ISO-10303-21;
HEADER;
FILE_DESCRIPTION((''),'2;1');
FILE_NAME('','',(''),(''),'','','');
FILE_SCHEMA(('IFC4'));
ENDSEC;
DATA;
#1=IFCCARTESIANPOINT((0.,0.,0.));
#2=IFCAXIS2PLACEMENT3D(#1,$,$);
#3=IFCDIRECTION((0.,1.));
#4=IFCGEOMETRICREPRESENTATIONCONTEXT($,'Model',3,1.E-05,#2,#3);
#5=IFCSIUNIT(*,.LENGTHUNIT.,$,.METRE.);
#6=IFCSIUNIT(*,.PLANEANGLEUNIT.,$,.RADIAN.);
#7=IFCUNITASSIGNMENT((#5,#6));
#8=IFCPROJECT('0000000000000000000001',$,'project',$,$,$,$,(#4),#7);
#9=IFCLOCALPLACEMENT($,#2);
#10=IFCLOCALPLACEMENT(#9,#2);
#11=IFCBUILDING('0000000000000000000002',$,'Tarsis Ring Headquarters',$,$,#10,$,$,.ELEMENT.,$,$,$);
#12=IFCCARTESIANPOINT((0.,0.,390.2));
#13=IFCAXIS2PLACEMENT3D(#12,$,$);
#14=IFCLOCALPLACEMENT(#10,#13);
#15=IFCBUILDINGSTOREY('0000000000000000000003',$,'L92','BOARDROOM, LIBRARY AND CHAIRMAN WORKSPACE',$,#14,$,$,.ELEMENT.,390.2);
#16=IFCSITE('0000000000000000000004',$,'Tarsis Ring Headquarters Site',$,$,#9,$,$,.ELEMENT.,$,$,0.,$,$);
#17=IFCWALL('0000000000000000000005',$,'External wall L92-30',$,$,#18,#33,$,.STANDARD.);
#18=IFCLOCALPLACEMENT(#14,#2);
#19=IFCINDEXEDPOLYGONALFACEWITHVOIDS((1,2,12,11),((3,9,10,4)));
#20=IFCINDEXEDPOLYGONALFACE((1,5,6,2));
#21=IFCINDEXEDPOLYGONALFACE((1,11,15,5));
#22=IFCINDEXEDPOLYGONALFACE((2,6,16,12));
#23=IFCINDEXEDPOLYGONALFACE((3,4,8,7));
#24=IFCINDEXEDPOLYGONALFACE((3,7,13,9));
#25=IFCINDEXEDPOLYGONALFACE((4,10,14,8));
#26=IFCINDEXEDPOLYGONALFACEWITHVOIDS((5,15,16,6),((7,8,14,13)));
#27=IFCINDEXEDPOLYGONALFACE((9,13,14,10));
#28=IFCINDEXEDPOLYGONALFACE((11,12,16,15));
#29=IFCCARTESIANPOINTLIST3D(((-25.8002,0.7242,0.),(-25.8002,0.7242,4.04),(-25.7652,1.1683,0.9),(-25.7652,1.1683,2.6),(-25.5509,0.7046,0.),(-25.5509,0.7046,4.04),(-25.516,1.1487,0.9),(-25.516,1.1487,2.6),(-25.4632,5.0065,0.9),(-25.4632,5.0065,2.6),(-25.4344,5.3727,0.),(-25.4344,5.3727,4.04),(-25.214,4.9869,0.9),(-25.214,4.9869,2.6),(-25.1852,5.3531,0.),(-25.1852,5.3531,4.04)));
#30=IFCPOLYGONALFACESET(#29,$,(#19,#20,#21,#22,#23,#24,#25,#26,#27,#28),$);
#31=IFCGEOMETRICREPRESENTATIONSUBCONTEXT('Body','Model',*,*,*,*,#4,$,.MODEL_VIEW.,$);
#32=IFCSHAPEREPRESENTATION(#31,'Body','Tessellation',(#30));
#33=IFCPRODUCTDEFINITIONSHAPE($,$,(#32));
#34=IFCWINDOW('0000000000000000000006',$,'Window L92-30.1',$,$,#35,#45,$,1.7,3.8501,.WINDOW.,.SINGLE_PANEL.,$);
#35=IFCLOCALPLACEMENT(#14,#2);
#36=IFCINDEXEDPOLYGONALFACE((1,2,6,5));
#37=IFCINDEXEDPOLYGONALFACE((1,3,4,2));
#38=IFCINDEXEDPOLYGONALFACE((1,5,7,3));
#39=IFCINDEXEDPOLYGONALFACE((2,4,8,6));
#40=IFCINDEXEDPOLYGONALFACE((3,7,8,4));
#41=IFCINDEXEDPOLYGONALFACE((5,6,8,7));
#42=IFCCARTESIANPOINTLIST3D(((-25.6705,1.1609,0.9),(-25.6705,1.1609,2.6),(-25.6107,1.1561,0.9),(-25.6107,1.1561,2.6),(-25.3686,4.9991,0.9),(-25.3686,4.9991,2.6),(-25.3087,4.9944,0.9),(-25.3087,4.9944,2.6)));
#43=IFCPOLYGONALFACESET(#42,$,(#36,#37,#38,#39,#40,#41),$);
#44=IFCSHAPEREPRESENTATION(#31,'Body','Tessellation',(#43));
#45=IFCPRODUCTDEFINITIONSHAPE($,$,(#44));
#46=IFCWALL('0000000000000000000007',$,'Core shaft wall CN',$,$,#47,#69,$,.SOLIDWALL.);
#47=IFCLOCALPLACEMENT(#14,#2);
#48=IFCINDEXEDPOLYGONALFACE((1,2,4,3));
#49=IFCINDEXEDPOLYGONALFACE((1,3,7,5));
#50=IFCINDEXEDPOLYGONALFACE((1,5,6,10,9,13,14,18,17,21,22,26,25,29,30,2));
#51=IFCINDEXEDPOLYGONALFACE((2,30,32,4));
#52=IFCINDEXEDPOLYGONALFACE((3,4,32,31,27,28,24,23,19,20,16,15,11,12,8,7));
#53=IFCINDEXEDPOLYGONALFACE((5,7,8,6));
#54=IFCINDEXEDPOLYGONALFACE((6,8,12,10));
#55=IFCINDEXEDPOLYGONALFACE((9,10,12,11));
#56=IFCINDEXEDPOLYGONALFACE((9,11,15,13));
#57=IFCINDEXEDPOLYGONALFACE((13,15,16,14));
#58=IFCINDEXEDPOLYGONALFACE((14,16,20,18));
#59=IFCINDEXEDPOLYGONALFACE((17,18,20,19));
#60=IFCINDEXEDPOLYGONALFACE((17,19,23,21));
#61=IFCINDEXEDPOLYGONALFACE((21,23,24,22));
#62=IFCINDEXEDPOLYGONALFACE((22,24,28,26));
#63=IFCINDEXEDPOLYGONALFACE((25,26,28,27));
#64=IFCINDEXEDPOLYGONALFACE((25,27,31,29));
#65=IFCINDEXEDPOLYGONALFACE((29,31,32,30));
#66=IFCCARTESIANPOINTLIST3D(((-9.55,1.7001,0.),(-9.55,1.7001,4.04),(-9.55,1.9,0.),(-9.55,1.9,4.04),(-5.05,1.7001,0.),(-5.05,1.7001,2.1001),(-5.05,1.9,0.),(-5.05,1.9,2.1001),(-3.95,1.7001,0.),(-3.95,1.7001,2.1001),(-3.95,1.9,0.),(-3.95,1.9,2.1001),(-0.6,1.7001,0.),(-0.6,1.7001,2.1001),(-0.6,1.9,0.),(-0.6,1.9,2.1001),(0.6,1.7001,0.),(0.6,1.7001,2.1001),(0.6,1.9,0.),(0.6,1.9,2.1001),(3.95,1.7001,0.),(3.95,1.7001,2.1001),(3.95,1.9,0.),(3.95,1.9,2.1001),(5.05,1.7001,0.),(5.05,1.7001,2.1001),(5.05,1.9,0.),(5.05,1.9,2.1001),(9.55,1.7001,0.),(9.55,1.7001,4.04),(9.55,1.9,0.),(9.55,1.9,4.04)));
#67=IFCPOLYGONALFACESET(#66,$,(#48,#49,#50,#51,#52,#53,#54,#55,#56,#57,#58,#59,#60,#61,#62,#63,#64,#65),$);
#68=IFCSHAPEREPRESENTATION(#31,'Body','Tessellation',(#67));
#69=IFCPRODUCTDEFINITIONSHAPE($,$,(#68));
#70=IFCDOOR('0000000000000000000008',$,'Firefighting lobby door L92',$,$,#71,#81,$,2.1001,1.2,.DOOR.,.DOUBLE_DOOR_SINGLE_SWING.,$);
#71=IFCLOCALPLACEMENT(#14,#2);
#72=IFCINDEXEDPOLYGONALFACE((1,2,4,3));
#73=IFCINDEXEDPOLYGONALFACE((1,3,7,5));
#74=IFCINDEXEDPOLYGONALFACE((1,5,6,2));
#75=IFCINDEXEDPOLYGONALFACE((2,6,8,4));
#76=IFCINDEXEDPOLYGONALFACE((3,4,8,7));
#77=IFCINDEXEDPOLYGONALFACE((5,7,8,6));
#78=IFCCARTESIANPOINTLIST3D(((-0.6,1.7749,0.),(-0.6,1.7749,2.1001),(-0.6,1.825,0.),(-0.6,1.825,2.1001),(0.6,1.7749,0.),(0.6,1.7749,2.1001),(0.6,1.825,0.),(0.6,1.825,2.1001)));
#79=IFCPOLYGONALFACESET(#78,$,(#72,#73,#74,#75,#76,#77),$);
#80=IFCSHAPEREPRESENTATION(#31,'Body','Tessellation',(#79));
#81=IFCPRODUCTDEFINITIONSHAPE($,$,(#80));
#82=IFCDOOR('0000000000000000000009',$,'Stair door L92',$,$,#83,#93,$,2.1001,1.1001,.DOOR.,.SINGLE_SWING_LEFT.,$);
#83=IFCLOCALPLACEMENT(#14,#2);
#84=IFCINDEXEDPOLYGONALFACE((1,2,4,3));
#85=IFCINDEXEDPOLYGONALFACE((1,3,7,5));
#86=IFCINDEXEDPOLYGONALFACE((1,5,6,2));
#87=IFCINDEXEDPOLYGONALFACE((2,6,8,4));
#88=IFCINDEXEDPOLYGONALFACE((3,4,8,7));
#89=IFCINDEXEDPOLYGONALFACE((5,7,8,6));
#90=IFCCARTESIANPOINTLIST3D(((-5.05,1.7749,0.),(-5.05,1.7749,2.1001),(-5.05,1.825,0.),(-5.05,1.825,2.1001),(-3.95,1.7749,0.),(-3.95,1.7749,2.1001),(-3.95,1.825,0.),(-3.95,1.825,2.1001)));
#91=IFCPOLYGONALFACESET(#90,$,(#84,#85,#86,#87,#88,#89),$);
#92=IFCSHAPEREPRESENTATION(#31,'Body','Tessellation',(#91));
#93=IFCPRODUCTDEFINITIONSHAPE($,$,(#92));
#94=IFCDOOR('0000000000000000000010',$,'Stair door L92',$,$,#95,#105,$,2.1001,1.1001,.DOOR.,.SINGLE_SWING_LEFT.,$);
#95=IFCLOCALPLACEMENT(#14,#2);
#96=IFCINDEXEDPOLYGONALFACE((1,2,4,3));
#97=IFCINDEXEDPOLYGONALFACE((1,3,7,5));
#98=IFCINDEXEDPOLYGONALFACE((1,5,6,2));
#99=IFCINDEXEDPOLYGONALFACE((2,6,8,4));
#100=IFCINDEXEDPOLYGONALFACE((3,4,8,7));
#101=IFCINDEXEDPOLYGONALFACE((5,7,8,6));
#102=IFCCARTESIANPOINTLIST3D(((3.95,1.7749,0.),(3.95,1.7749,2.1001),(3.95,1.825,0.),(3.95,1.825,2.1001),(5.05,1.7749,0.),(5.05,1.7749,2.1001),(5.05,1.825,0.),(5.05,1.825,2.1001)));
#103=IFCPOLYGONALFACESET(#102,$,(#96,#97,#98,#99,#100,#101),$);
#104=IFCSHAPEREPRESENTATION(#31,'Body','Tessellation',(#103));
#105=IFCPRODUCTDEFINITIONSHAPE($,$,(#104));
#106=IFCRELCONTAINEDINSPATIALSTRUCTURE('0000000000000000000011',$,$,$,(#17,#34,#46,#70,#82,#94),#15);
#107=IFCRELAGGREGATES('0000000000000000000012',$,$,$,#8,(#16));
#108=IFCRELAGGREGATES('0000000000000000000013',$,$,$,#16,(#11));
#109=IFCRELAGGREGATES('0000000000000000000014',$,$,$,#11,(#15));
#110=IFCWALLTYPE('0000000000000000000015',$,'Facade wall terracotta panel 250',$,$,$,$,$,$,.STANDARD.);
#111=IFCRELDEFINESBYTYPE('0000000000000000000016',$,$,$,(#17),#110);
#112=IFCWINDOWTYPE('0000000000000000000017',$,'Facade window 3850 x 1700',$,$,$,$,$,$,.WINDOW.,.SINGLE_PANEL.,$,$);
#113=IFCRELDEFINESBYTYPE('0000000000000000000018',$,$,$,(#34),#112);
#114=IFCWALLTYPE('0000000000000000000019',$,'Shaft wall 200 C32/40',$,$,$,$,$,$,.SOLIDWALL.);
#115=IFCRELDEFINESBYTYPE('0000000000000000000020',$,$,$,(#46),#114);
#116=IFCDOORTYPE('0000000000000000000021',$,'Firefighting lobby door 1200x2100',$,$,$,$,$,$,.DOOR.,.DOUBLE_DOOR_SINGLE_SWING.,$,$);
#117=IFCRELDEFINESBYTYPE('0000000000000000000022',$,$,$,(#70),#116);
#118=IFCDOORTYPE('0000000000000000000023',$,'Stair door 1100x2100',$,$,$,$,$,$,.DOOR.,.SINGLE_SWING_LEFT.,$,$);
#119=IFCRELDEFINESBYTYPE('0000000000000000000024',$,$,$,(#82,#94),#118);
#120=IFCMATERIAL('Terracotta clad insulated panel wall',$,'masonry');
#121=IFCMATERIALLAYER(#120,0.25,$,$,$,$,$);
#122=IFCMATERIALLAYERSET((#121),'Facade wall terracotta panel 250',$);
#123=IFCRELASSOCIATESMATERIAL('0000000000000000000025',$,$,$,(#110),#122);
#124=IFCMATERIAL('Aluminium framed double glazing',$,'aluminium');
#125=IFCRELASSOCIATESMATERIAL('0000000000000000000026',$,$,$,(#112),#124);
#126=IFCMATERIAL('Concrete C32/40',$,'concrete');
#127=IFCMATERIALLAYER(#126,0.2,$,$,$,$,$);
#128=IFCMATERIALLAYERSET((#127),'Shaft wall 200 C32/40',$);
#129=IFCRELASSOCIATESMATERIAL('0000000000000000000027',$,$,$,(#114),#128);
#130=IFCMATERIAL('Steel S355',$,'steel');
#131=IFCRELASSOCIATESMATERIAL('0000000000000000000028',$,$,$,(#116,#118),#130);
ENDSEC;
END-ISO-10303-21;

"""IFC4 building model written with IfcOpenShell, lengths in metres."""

from ifc_helpers import new_model, si_unit, direction, frame, frame_2d, origin, place, context, subcontext, project, spatial, rectangle, extrude, material, layer, layer_set, type_object, element, fill, save


model = new_model("IFC4")

# Units and contexts
model_context = context("Model", 3, precision=1e-05, world=origin(), true_north=direction((0.0, 1.0)))
body_context = subcontext(model_context, "Body", "Model", "MODEL_VIEW")
ifc_project = project(units=[si_unit("LENGTHUNIT", "METRE"), si_unit("PLANEANGLEUNIT", "RADIAN")], contexts=[model_context])

# Site, building, storey
site_placement = place(None, origin())
site = spatial("IfcSite", under=ifc_project, at=site_placement, Name="Tarsis Ring Headquarters Site", CompositionType="ELEMENT", RefElevation=0.0)
building_placement = place(site_placement, origin())
building = spatial("IfcBuilding", under=site, at=building_placement, Name="Tarsis Ring Headquarters", CompositionType="ELEMENT")
storey_placement = place(building_placement, frame((0.0, 0.0, 390.2)))
storey = spatial("IfcBuildingStorey", under=building, at=storey_placement, Name="L92", Description="BOARDROOM, LIBRARY AND CHAIRMAN WORKSPACE", CompositionType="ELEMENT", Elevation=390.2)

# Wall, opening, window
ifc_material_1 = material(Name="Terracotta clad insulated panel wall", Category="masonry")
ifc_layer_1 = layer(ifc_material_1, 0.25)
ifc_layer_set_1 = layer_set([ifc_layer_1], Name="Facade wall terracotta panel 250")
wall_type_1 = type_object("IfcWallType", Name="Facade wall terracotta panel 250", PredefinedType="STANDARD", material=ifc_layer_set_1)
ifc_material_2 = material(Name="Aluminium framed double glazing", Category="aluminium")
wall_1_placement = place(storey_placement, frame((-25.3098, 5.363, 0.0), z_axis=(0.0, 0.0, 1.0), x_axis=(-0.078434, -0.996919, 0.0)))
wall_1 = element("IfcWall", 1, at=wall_1_placement, inside=storey, type_object=wall_type_1, Name="External wall L92-30", PredefinedType="STANDARD", context=body_context, shape_type="SweptSolid", body=[
    extrude(rectangle(XDim=4.6628, YDim=0.25, at=frame_2d((2.3315, 0.0))), origin(), (0.0, 0.0, 1.0), 4.04),
])
opening_1_placement = place(wall_1_placement, frame((0.3674, 0.0, 0.8999)))
opening_1 = element("IfcOpeningElement", 2, at=opening_1_placement, cuts=wall_1, PredefinedType="OPENING", context=body_context, shape_type="SweptSolid", body=[
    extrude(rectangle(XDim=3.8501, YDim=1.7, at=frame_2d((1.925, 0.8501))), frame((0.0, 0.135, 0.0), z_axis=(0.0, -1.0, 0.0), x_axis=(1.0, 0.0, 0.0)), (0.0, 0.0, 1.0), 0.27),
])
window_type_1 = type_object("IfcWindowType", Name="Facade window 3850 x 1700", PartitioningType="SINGLE_PANEL", PredefinedType="WINDOW", material=ifc_material_2)
window_1_placement = place(opening_1_placement, origin())
window_1 = element("IfcWindow", 3, at=window_1_placement, inside=storey, type_object=window_type_1, Name="Window L92-30.1", OverallHeight=1.7, OverallWidth=3.8501, PartitioningType="SINGLE_PANEL", PredefinedType="WINDOW", context=body_context, shape_type="SweptSolid", body=[
    extrude(rectangle(XDim=3.8501, YDim=1.7, at=frame_2d((1.925, 0.8501))), frame((0.0, 0.03, 0.0), z_axis=(0.0, -1.0, 0.0), x_axis=(1.0, 0.0, 0.0)), (0.0, 0.0, 1.0), 0.0601),
])
fill(opening_1, window_1)

# Wall, openings, doors
ifc_material_3 = material(Name="Concrete C32/40", Category="concrete")
ifc_layer_2 = layer(ifc_material_3, 0.2)
ifc_layer_set_2 = layer_set([ifc_layer_2], Name="Shaft wall 200 C32/40")
wall_type_2 = type_object("IfcWallType", Name="Shaft wall 200 C32/40", PredefinedType="SOLIDWALL", material=ifc_layer_set_2)
wall_2_placement = place(storey_placement, frame((-9.55, 1.8, 0.0), z_axis=(0.0, 0.0, 1.0), x_axis=(1.0, 0.0, 0.0)))
wall_2 = element("IfcWall", 4, at=wall_2_placement, inside=storey, type_object=wall_type_2, Name="Core shaft wall CN", PredefinedType="SOLIDWALL", context=body_context, shape_type="SweptSolid", body=[
    extrude(rectangle(XDim=19.1001, YDim=0.2, at=frame_2d((9.55, 0.0))), origin(), (0.0, 0.0, 1.0), 4.04),
])
opening_2_placement = place(wall_2_placement, frame((4.5, 0.0, 0.0)))
opening_2 = element("IfcOpeningElement", 5, at=opening_2_placement, cuts=wall_2, PredefinedType="OPENING", context=body_context, shape_type="SweptSolid", body=[
    extrude(rectangle(XDim=1.1001, YDim=2.1001, at=frame_2d((0.55, 1.05))), frame((0.0, 0.1099, 0.0), z_axis=(0.0, -1.0, 0.0), x_axis=(1.0, 0.0, 0.0)), (0.0, 0.0, 1.0), 0.22),
])
opening_3_placement = place(wall_2_placement, frame((8.95, 0.0, 0.0)))
opening_3 = element("IfcOpeningElement", 6, at=opening_3_placement, cuts=wall_2, PredefinedType="OPENING", context=body_context, shape_type="SweptSolid", body=[
    extrude(rectangle(XDim=1.2, YDim=2.1001, at=frame_2d((0.6001, 1.05))), frame((0.0, 0.1099, 0.0), z_axis=(0.0, -1.0, 0.0), x_axis=(1.0, 0.0, 0.0)), (0.0, 0.0, 1.0), 0.22),
])
opening_4_placement = place(wall_2_placement, frame((13.5, 0.0, 0.0)))
opening_4 = element("IfcOpeningElement", 7, at=opening_4_placement, cuts=wall_2, PredefinedType="OPENING", context=body_context, shape_type="SweptSolid", body=[
    extrude(rectangle(XDim=1.1001, YDim=2.1001, at=frame_2d((0.55, 1.05))), frame((0.0, 0.1099, 0.0), z_axis=(0.0, -1.0, 0.0), x_axis=(1.0, 0.0, 0.0)), (0.0, 0.0, 1.0), 0.22),
])
ifc_material_4 = material(Name="Steel S355", Category="steel")
door_type_1 = type_object("IfcDoorType", Name="Firefighting lobby door 1200x2100", OperationType="DOUBLE_DOOR_SINGLE_SWING", PredefinedType="DOOR", material=ifc_material_4)
door_1_placement = place(opening_3_placement, origin())
door_1 = element("IfcDoor", 8, at=door_1_placement, inside=storey, type_object=door_type_1, Name="Firefighting lobby door L92", OperationType="DOUBLE_DOOR_SINGLE_SWING", OverallHeight=2.1001, OverallWidth=1.2, PredefinedType="DOOR", context=body_context, shape_type="SweptSolid", body=[
    extrude(rectangle(XDim=1.2, YDim=2.1001, at=frame_2d((0.6001, 1.05))), frame((0.0, 0.0249, 0.0), z_axis=(0.0, -1.0, 0.0), x_axis=(1.0, 0.0, 0.0)), (0.0, 0.0, 1.0), 0.05),
])
fill(opening_3, door_1)
door_type_2 = type_object("IfcDoorType", Name="Stair door 1100x2100", OperationType="SINGLE_SWING_LEFT", PredefinedType="DOOR", material=ifc_material_4)
door_2_placement = place(opening_2_placement, origin())
door_2 = element("IfcDoor", 9, at=door_2_placement, inside=storey, type_object=door_type_2, Name="Stair door L92", OperationType="SINGLE_SWING_LEFT", OverallHeight=2.1001, OverallWidth=1.1001, PredefinedType="DOOR", context=body_context, shape_type="SweptSolid", body=[
    extrude(rectangle(XDim=1.1001, YDim=2.1001, at=frame_2d((0.55, 1.05))), frame((0.0, 0.0249, 0.0), z_axis=(0.0, -1.0, 0.0), x_axis=(1.0, 0.0, 0.0)), (0.0, 0.0, 1.0), 0.05),
])
fill(opening_2, door_2)
door_3_placement = place(opening_4_placement, origin())
door_3 = element("IfcDoor", 10, at=door_3_placement, inside=storey, type_object=door_type_2, Name="Stair door L92", OperationType="SINGLE_SWING_LEFT", OverallHeight=2.1001, OverallWidth=1.1001, PredefinedType="DOOR", context=body_context, shape_type="SweptSolid", body=[
    extrude(rectangle(XDim=1.1001, YDim=2.1001, at=frame_2d((0.55, 1.05))), frame((0.0, 0.0249, 0.0), z_axis=(0.0, -1.0, 0.0), x_axis=(1.0, 0.0, 0.0)), (0.0, 0.0, 1.0), 0.05),
])
fill(opening_4, door_3)

save(model, "model.ifc")
